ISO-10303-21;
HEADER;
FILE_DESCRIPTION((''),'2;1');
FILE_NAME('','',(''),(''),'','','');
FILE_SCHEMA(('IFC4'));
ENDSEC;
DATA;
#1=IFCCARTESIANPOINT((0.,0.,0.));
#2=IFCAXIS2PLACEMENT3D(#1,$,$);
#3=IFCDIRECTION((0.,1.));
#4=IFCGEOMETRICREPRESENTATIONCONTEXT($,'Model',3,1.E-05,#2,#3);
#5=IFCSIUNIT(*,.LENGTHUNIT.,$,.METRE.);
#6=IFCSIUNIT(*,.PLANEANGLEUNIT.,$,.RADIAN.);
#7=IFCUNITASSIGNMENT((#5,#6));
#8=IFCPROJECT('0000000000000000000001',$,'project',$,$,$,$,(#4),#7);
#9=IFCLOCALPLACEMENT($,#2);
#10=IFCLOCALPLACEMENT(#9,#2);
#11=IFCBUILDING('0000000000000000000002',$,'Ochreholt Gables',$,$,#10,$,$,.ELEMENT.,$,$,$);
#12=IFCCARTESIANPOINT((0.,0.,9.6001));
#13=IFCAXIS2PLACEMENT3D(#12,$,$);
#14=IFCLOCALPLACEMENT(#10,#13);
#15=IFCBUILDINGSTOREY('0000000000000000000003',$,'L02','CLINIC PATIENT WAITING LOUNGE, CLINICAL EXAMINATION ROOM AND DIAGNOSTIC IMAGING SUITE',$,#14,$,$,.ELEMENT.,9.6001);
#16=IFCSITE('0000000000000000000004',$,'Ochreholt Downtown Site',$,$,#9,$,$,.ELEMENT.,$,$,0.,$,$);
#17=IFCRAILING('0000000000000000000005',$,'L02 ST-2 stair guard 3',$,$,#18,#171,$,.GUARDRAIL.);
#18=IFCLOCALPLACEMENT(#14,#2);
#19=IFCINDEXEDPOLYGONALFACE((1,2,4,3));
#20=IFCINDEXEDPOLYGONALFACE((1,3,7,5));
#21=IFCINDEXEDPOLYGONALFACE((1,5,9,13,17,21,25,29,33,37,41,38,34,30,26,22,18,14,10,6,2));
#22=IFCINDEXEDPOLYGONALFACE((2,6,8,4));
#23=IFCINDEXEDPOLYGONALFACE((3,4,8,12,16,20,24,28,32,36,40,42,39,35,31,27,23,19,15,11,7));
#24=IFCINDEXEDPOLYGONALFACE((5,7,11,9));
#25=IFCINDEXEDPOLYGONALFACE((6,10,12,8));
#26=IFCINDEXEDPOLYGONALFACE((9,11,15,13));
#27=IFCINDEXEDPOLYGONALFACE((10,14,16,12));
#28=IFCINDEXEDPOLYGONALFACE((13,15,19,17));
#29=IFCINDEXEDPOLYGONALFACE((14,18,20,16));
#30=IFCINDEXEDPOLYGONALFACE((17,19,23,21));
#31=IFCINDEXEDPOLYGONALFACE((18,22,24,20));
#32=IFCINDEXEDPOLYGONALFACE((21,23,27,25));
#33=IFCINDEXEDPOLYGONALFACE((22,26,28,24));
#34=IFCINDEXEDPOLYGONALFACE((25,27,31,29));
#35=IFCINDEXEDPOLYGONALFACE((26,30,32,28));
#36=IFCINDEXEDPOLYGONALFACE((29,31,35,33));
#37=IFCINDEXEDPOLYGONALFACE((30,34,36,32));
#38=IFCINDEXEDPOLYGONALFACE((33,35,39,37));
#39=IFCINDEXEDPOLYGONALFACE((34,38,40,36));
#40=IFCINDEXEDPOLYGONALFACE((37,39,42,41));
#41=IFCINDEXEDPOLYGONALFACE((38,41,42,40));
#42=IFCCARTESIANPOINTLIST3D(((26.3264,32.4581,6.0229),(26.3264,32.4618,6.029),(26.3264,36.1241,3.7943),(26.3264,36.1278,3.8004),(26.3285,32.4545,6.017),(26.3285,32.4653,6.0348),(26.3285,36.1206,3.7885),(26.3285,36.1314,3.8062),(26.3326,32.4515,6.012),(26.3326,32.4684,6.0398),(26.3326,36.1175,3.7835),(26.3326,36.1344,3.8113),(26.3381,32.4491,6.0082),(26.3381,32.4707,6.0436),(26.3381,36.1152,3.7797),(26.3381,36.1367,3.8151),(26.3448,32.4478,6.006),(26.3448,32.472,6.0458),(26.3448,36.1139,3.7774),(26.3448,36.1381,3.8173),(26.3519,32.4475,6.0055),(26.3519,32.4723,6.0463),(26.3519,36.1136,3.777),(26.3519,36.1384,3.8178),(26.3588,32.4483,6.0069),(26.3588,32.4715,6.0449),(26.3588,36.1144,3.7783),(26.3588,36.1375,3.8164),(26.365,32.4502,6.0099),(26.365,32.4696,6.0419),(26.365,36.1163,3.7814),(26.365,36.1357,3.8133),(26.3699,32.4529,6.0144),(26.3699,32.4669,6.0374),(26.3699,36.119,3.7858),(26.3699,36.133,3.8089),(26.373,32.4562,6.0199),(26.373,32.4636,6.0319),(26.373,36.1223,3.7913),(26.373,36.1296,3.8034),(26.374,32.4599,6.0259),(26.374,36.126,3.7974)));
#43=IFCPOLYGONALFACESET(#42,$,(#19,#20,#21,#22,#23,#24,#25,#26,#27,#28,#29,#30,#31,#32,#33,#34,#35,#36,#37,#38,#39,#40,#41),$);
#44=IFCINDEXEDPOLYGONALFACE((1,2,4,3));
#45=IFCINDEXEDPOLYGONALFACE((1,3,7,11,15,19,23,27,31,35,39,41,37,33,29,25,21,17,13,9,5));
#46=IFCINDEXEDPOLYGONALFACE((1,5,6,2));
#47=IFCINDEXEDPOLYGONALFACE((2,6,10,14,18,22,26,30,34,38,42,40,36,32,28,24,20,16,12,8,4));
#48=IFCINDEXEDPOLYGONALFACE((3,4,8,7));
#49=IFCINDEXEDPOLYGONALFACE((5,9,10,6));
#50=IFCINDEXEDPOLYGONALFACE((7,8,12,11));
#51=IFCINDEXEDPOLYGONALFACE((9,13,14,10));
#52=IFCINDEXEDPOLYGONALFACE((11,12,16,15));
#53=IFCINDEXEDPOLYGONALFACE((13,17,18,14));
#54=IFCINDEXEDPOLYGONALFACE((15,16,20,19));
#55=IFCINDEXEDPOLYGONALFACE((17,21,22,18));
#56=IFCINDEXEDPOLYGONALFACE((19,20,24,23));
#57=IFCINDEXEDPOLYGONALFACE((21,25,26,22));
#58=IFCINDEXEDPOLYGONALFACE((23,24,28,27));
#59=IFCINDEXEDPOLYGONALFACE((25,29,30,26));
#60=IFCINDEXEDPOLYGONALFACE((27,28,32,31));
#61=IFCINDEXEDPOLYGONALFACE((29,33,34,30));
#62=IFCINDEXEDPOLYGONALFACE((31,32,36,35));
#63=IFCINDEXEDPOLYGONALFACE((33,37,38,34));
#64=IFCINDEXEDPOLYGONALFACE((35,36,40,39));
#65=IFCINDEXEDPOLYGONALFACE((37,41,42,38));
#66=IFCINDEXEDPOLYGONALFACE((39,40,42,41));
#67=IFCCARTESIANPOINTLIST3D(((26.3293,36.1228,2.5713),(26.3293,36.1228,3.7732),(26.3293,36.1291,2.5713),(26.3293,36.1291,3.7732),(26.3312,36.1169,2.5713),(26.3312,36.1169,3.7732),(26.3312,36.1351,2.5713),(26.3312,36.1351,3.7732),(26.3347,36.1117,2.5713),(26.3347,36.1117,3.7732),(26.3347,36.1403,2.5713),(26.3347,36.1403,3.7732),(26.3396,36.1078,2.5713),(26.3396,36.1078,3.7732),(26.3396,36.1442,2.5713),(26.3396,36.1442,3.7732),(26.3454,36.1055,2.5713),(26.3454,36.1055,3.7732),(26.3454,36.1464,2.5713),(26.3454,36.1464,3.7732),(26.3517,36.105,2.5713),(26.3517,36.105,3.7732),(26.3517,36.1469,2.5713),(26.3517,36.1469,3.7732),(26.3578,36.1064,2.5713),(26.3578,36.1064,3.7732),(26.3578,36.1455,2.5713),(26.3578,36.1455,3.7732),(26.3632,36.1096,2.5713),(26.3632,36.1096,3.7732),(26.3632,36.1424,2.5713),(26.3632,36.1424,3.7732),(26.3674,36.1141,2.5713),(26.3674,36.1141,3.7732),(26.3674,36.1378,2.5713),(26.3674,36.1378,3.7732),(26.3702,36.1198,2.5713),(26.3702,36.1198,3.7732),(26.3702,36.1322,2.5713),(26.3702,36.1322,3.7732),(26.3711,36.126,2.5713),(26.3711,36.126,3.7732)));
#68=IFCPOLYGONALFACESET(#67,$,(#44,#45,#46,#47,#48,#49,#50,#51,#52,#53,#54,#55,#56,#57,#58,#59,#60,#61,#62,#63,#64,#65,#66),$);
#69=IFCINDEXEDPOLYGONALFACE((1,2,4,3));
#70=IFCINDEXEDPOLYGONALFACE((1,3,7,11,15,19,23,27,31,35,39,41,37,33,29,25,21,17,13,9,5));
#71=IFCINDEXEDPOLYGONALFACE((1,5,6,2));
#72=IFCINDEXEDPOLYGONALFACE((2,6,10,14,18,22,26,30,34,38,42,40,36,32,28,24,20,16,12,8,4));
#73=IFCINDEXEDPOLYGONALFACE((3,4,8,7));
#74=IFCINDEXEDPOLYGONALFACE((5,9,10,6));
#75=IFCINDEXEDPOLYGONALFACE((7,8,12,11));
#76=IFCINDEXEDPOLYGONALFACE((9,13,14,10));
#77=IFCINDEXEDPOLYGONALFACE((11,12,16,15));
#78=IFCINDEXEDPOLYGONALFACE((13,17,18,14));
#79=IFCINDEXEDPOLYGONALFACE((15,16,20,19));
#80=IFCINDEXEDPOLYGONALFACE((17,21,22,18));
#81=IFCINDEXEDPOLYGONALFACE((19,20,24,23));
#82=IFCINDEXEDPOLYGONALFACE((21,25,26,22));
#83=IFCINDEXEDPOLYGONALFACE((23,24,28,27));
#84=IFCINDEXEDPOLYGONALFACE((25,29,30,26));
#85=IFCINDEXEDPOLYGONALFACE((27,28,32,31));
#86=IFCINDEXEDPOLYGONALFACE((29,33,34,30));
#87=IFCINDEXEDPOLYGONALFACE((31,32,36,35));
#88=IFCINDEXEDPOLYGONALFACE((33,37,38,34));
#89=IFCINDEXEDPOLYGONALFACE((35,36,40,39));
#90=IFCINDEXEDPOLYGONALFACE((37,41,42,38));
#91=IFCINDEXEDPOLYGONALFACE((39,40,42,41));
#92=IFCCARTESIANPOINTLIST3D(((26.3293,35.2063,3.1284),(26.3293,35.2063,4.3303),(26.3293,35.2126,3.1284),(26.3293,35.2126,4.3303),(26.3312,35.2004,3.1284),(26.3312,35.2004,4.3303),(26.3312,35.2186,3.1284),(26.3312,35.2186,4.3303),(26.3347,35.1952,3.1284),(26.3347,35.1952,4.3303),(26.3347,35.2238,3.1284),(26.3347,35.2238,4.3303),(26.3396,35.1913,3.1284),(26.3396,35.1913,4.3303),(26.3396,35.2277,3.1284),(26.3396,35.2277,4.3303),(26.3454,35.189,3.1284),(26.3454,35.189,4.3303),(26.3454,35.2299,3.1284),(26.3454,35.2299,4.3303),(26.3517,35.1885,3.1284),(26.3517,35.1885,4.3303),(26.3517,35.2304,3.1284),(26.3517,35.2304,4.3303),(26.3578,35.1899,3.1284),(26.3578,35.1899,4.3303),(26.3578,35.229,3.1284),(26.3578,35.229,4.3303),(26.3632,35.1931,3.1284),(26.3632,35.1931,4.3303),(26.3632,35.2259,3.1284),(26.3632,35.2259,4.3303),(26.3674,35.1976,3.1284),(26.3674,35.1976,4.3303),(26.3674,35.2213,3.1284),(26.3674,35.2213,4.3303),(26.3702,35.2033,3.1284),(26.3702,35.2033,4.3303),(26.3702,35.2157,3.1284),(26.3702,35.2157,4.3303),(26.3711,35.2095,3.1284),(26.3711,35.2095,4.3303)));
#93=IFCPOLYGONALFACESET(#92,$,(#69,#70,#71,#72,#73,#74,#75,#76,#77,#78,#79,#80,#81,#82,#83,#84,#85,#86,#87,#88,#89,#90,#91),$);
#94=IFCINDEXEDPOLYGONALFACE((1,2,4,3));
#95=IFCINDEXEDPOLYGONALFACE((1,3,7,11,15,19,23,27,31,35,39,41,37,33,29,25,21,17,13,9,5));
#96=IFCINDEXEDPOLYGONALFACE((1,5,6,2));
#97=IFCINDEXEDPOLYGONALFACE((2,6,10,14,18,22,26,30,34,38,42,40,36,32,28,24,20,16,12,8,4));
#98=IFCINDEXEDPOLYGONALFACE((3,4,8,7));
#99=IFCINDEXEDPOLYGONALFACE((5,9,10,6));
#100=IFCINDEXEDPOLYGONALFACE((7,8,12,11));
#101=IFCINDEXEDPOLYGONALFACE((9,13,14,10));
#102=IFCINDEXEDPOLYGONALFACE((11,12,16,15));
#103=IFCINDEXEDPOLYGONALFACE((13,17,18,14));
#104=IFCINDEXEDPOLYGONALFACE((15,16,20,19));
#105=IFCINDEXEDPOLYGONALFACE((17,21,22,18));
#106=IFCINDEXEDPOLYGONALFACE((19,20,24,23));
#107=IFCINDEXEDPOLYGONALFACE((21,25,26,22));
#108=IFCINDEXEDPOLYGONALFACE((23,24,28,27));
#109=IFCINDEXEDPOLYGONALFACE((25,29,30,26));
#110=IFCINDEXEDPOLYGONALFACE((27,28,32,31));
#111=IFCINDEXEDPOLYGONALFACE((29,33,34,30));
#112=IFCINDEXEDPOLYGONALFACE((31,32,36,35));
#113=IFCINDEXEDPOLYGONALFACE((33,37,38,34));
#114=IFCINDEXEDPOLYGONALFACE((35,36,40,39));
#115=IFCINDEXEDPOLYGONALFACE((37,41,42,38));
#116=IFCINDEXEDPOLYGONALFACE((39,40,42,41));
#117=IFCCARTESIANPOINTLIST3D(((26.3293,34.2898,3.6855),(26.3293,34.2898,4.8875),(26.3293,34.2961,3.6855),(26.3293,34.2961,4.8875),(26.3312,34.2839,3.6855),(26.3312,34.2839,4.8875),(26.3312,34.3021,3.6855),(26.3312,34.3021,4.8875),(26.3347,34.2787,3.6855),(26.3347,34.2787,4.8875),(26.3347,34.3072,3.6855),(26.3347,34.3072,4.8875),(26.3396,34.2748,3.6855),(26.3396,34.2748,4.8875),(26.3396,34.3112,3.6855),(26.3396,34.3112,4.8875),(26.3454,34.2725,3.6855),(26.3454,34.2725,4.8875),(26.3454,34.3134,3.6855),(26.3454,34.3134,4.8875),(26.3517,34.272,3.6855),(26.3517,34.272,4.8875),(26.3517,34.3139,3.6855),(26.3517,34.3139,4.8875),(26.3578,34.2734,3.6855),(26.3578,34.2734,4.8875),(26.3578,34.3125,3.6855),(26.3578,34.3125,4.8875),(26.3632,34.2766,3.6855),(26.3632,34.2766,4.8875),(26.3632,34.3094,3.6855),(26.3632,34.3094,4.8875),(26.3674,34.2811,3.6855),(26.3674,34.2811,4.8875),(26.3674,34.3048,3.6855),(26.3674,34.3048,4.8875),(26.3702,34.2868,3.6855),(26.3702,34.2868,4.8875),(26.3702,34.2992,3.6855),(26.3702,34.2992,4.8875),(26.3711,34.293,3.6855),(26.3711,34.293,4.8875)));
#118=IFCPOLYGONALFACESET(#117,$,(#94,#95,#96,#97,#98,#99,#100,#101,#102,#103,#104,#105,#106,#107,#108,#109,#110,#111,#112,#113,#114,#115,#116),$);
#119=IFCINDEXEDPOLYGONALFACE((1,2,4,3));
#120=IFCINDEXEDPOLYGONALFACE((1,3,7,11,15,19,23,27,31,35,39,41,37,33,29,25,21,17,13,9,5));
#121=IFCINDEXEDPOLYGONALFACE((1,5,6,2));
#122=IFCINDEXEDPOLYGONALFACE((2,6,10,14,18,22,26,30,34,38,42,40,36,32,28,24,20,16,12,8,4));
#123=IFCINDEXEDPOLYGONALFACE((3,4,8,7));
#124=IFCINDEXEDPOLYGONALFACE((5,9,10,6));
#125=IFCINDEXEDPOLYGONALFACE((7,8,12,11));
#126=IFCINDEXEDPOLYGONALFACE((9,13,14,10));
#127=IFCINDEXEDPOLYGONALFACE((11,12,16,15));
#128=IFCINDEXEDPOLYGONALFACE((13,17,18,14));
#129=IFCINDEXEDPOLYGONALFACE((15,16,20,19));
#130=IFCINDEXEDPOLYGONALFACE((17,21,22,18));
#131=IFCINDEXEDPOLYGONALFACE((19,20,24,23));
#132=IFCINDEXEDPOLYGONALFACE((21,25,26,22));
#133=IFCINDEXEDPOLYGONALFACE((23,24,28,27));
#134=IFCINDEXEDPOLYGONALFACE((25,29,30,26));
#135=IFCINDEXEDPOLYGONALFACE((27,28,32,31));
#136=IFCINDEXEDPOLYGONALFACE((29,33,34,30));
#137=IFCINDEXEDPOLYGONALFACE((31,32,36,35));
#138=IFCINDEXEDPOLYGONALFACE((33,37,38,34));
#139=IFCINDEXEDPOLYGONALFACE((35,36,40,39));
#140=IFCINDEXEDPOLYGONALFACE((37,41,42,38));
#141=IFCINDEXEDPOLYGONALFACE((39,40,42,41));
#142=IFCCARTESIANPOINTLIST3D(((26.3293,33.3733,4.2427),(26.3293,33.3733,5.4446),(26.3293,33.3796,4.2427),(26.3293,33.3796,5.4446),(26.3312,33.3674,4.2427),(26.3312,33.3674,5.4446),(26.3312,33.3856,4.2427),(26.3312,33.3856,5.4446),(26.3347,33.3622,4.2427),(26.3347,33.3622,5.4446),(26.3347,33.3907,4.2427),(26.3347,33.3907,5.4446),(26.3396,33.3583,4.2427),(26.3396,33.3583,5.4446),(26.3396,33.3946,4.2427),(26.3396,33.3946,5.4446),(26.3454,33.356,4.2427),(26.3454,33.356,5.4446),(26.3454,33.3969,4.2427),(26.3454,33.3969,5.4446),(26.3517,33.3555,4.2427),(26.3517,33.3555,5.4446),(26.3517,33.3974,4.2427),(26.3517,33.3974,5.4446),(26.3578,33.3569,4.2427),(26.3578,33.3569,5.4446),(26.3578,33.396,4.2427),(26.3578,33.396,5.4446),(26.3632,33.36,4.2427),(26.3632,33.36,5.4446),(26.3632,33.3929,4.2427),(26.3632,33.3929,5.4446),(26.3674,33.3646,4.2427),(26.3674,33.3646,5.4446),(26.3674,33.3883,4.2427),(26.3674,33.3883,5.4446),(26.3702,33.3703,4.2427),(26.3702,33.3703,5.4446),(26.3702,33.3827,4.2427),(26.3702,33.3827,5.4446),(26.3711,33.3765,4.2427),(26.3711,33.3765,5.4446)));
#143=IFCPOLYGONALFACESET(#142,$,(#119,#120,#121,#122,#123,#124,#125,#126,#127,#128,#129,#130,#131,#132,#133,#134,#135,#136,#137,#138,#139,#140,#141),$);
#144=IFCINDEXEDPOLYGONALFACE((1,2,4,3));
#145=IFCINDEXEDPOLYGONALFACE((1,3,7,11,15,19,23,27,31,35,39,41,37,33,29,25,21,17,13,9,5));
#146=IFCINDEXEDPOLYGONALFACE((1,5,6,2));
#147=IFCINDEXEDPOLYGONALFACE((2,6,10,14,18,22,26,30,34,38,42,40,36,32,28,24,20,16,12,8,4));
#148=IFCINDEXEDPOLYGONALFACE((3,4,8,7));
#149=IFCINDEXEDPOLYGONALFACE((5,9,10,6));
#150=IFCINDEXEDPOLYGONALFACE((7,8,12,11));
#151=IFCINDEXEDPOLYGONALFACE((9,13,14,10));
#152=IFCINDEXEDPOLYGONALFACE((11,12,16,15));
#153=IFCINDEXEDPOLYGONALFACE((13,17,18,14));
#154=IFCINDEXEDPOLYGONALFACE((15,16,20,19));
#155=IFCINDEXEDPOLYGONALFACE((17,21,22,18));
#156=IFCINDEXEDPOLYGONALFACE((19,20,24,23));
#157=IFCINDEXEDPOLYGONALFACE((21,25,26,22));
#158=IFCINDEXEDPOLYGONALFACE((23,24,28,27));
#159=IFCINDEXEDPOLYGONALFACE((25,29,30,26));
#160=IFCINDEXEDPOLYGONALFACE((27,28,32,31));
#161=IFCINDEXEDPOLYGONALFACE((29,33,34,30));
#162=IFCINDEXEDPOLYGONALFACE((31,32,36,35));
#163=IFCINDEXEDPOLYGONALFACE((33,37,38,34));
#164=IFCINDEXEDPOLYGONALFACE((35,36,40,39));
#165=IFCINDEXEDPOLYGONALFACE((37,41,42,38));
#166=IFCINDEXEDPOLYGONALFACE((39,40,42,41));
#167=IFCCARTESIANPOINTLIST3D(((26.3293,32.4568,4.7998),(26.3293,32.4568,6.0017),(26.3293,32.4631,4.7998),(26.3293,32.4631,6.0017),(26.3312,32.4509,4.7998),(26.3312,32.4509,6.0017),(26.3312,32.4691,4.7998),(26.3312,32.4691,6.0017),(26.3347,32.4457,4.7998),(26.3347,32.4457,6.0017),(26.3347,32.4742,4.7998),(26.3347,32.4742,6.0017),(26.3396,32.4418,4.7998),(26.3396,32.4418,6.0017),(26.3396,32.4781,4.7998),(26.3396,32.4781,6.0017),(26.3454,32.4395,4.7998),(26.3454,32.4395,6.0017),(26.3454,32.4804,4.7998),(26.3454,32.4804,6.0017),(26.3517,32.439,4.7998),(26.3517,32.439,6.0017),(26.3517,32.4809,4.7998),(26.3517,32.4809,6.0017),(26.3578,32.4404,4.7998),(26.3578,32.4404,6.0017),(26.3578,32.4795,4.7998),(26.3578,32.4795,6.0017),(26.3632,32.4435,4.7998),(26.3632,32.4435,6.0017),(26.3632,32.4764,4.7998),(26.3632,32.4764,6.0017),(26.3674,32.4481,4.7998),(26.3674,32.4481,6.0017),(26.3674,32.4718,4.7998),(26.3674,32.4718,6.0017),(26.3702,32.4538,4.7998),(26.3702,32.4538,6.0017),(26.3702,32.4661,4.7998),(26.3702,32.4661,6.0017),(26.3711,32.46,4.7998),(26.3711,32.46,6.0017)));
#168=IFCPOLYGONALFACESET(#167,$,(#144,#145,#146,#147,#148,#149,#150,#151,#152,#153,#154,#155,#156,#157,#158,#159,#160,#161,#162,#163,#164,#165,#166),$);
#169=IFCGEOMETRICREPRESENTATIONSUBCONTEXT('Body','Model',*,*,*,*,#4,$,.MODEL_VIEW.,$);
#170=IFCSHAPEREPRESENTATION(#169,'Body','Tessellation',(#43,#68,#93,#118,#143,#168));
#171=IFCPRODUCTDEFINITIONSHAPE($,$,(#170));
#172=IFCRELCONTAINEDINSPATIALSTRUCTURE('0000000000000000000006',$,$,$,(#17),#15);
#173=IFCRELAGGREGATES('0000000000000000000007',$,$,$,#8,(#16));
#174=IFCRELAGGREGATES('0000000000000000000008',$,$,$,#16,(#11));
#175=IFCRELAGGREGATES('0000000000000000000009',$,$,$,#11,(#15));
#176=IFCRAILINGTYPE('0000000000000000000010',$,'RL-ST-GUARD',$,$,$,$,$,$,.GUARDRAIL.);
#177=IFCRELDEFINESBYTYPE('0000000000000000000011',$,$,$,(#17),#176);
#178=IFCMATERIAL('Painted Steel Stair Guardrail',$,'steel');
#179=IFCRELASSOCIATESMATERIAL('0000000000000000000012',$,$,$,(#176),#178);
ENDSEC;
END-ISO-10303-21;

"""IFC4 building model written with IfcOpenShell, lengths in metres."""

from ifc_helpers import new_model, si_unit, direction, frame, origin, origin_2d, place, context, subcontext, project, spatial, circle, extrude, material, type_object, element, save


model = new_model("IFC4")

# Units and contexts
model_context = context("Model", 3, precision=1e-05, world=origin(), true_north=direction((0.0, 1.0)))
body_context = subcontext(model_context, "Body", "Model", "MODEL_VIEW")
ifc_project = project(units=[si_unit("LENGTHUNIT", "METRE"), si_unit("PLANEANGLEUNIT", "RADIAN")], contexts=[model_context])

# Site, building, storey
site_placement = place(None, origin())
site = spatial("IfcSite", under=ifc_project, at=site_placement, Name="Ochreholt Downtown Site", CompositionType="ELEMENT", RefElevation=0.0)
building_placement = place(site_placement, origin())
building = spatial("IfcBuilding", under=site, at=building_placement, Name="Ochreholt Gables", CompositionType="ELEMENT")
storey_placement = place(building_placement, frame((0.0, 0.0, 9.6001)))
storey = spatial("IfcBuildingStorey", under=building, at=storey_placement, Name="L02", Description="CLINIC PATIENT WAITING LOUNGE, CLINICAL EXAMINATION ROOM AND DIAGNOSTIC IMAGING SUITE", CompositionType="ELEMENT", Elevation=9.6001)

# Railing
ifc_material_1 = material(Name="Painted Steel Stair Guardrail", Category="steel")
railing_type_1 = type_object("IfcRailingType", Name="RL-ST-GUARD", PredefinedType="GUARDRAIL", material=ifc_material_1)
railing_1_placement = place(storey_placement, frame((26.3501, 36.126, 2.5713)))
element("IfcRailing", 1, at=railing_1_placement, inside=storey, type_object=railing_type_1, Name="L02 ST-2 stair guard 3", PredefinedType="GUARDRAIL", context=body_context, shape_type="SweptSolid", body=[
    extrude(circle(Radius=0.0239, at=origin_2d()), frame((0.0, 0.0, 1.2261), z_axis=(0.0, -0.854506, 0.519441), x_axis=(1.0, 0.0, 0.0)), (0.0, 0.0, 1.0), 4.2903),
    extrude(circle(Radius=0.021, at=origin_2d()), origin(), (0.0, 0.0, 1.0), 1.2019),
    extrude(circle(Radius=0.021, at=origin_2d()), frame((0.0, -0.9165, 0.5571)), (0.0, 0.0, 1.0), 1.2019),
    extrude(circle(Radius=0.021, at=origin_2d()), frame((0.0, -1.833, 1.1143)), (0.0, 0.0, 1.0), 1.2019),
    extrude(circle(Radius=0.021, at=origin_2d()), frame((0.0, -2.7495, 1.6714)), (0.0, 0.0, 1.0), 1.2019),
    extrude(circle(Radius=0.021, at=origin_2d()), frame((0.0, -3.666, 2.2285)), (0.0, 0.0, 1.0), 1.2019),
])

save(model, "model.ifc")
